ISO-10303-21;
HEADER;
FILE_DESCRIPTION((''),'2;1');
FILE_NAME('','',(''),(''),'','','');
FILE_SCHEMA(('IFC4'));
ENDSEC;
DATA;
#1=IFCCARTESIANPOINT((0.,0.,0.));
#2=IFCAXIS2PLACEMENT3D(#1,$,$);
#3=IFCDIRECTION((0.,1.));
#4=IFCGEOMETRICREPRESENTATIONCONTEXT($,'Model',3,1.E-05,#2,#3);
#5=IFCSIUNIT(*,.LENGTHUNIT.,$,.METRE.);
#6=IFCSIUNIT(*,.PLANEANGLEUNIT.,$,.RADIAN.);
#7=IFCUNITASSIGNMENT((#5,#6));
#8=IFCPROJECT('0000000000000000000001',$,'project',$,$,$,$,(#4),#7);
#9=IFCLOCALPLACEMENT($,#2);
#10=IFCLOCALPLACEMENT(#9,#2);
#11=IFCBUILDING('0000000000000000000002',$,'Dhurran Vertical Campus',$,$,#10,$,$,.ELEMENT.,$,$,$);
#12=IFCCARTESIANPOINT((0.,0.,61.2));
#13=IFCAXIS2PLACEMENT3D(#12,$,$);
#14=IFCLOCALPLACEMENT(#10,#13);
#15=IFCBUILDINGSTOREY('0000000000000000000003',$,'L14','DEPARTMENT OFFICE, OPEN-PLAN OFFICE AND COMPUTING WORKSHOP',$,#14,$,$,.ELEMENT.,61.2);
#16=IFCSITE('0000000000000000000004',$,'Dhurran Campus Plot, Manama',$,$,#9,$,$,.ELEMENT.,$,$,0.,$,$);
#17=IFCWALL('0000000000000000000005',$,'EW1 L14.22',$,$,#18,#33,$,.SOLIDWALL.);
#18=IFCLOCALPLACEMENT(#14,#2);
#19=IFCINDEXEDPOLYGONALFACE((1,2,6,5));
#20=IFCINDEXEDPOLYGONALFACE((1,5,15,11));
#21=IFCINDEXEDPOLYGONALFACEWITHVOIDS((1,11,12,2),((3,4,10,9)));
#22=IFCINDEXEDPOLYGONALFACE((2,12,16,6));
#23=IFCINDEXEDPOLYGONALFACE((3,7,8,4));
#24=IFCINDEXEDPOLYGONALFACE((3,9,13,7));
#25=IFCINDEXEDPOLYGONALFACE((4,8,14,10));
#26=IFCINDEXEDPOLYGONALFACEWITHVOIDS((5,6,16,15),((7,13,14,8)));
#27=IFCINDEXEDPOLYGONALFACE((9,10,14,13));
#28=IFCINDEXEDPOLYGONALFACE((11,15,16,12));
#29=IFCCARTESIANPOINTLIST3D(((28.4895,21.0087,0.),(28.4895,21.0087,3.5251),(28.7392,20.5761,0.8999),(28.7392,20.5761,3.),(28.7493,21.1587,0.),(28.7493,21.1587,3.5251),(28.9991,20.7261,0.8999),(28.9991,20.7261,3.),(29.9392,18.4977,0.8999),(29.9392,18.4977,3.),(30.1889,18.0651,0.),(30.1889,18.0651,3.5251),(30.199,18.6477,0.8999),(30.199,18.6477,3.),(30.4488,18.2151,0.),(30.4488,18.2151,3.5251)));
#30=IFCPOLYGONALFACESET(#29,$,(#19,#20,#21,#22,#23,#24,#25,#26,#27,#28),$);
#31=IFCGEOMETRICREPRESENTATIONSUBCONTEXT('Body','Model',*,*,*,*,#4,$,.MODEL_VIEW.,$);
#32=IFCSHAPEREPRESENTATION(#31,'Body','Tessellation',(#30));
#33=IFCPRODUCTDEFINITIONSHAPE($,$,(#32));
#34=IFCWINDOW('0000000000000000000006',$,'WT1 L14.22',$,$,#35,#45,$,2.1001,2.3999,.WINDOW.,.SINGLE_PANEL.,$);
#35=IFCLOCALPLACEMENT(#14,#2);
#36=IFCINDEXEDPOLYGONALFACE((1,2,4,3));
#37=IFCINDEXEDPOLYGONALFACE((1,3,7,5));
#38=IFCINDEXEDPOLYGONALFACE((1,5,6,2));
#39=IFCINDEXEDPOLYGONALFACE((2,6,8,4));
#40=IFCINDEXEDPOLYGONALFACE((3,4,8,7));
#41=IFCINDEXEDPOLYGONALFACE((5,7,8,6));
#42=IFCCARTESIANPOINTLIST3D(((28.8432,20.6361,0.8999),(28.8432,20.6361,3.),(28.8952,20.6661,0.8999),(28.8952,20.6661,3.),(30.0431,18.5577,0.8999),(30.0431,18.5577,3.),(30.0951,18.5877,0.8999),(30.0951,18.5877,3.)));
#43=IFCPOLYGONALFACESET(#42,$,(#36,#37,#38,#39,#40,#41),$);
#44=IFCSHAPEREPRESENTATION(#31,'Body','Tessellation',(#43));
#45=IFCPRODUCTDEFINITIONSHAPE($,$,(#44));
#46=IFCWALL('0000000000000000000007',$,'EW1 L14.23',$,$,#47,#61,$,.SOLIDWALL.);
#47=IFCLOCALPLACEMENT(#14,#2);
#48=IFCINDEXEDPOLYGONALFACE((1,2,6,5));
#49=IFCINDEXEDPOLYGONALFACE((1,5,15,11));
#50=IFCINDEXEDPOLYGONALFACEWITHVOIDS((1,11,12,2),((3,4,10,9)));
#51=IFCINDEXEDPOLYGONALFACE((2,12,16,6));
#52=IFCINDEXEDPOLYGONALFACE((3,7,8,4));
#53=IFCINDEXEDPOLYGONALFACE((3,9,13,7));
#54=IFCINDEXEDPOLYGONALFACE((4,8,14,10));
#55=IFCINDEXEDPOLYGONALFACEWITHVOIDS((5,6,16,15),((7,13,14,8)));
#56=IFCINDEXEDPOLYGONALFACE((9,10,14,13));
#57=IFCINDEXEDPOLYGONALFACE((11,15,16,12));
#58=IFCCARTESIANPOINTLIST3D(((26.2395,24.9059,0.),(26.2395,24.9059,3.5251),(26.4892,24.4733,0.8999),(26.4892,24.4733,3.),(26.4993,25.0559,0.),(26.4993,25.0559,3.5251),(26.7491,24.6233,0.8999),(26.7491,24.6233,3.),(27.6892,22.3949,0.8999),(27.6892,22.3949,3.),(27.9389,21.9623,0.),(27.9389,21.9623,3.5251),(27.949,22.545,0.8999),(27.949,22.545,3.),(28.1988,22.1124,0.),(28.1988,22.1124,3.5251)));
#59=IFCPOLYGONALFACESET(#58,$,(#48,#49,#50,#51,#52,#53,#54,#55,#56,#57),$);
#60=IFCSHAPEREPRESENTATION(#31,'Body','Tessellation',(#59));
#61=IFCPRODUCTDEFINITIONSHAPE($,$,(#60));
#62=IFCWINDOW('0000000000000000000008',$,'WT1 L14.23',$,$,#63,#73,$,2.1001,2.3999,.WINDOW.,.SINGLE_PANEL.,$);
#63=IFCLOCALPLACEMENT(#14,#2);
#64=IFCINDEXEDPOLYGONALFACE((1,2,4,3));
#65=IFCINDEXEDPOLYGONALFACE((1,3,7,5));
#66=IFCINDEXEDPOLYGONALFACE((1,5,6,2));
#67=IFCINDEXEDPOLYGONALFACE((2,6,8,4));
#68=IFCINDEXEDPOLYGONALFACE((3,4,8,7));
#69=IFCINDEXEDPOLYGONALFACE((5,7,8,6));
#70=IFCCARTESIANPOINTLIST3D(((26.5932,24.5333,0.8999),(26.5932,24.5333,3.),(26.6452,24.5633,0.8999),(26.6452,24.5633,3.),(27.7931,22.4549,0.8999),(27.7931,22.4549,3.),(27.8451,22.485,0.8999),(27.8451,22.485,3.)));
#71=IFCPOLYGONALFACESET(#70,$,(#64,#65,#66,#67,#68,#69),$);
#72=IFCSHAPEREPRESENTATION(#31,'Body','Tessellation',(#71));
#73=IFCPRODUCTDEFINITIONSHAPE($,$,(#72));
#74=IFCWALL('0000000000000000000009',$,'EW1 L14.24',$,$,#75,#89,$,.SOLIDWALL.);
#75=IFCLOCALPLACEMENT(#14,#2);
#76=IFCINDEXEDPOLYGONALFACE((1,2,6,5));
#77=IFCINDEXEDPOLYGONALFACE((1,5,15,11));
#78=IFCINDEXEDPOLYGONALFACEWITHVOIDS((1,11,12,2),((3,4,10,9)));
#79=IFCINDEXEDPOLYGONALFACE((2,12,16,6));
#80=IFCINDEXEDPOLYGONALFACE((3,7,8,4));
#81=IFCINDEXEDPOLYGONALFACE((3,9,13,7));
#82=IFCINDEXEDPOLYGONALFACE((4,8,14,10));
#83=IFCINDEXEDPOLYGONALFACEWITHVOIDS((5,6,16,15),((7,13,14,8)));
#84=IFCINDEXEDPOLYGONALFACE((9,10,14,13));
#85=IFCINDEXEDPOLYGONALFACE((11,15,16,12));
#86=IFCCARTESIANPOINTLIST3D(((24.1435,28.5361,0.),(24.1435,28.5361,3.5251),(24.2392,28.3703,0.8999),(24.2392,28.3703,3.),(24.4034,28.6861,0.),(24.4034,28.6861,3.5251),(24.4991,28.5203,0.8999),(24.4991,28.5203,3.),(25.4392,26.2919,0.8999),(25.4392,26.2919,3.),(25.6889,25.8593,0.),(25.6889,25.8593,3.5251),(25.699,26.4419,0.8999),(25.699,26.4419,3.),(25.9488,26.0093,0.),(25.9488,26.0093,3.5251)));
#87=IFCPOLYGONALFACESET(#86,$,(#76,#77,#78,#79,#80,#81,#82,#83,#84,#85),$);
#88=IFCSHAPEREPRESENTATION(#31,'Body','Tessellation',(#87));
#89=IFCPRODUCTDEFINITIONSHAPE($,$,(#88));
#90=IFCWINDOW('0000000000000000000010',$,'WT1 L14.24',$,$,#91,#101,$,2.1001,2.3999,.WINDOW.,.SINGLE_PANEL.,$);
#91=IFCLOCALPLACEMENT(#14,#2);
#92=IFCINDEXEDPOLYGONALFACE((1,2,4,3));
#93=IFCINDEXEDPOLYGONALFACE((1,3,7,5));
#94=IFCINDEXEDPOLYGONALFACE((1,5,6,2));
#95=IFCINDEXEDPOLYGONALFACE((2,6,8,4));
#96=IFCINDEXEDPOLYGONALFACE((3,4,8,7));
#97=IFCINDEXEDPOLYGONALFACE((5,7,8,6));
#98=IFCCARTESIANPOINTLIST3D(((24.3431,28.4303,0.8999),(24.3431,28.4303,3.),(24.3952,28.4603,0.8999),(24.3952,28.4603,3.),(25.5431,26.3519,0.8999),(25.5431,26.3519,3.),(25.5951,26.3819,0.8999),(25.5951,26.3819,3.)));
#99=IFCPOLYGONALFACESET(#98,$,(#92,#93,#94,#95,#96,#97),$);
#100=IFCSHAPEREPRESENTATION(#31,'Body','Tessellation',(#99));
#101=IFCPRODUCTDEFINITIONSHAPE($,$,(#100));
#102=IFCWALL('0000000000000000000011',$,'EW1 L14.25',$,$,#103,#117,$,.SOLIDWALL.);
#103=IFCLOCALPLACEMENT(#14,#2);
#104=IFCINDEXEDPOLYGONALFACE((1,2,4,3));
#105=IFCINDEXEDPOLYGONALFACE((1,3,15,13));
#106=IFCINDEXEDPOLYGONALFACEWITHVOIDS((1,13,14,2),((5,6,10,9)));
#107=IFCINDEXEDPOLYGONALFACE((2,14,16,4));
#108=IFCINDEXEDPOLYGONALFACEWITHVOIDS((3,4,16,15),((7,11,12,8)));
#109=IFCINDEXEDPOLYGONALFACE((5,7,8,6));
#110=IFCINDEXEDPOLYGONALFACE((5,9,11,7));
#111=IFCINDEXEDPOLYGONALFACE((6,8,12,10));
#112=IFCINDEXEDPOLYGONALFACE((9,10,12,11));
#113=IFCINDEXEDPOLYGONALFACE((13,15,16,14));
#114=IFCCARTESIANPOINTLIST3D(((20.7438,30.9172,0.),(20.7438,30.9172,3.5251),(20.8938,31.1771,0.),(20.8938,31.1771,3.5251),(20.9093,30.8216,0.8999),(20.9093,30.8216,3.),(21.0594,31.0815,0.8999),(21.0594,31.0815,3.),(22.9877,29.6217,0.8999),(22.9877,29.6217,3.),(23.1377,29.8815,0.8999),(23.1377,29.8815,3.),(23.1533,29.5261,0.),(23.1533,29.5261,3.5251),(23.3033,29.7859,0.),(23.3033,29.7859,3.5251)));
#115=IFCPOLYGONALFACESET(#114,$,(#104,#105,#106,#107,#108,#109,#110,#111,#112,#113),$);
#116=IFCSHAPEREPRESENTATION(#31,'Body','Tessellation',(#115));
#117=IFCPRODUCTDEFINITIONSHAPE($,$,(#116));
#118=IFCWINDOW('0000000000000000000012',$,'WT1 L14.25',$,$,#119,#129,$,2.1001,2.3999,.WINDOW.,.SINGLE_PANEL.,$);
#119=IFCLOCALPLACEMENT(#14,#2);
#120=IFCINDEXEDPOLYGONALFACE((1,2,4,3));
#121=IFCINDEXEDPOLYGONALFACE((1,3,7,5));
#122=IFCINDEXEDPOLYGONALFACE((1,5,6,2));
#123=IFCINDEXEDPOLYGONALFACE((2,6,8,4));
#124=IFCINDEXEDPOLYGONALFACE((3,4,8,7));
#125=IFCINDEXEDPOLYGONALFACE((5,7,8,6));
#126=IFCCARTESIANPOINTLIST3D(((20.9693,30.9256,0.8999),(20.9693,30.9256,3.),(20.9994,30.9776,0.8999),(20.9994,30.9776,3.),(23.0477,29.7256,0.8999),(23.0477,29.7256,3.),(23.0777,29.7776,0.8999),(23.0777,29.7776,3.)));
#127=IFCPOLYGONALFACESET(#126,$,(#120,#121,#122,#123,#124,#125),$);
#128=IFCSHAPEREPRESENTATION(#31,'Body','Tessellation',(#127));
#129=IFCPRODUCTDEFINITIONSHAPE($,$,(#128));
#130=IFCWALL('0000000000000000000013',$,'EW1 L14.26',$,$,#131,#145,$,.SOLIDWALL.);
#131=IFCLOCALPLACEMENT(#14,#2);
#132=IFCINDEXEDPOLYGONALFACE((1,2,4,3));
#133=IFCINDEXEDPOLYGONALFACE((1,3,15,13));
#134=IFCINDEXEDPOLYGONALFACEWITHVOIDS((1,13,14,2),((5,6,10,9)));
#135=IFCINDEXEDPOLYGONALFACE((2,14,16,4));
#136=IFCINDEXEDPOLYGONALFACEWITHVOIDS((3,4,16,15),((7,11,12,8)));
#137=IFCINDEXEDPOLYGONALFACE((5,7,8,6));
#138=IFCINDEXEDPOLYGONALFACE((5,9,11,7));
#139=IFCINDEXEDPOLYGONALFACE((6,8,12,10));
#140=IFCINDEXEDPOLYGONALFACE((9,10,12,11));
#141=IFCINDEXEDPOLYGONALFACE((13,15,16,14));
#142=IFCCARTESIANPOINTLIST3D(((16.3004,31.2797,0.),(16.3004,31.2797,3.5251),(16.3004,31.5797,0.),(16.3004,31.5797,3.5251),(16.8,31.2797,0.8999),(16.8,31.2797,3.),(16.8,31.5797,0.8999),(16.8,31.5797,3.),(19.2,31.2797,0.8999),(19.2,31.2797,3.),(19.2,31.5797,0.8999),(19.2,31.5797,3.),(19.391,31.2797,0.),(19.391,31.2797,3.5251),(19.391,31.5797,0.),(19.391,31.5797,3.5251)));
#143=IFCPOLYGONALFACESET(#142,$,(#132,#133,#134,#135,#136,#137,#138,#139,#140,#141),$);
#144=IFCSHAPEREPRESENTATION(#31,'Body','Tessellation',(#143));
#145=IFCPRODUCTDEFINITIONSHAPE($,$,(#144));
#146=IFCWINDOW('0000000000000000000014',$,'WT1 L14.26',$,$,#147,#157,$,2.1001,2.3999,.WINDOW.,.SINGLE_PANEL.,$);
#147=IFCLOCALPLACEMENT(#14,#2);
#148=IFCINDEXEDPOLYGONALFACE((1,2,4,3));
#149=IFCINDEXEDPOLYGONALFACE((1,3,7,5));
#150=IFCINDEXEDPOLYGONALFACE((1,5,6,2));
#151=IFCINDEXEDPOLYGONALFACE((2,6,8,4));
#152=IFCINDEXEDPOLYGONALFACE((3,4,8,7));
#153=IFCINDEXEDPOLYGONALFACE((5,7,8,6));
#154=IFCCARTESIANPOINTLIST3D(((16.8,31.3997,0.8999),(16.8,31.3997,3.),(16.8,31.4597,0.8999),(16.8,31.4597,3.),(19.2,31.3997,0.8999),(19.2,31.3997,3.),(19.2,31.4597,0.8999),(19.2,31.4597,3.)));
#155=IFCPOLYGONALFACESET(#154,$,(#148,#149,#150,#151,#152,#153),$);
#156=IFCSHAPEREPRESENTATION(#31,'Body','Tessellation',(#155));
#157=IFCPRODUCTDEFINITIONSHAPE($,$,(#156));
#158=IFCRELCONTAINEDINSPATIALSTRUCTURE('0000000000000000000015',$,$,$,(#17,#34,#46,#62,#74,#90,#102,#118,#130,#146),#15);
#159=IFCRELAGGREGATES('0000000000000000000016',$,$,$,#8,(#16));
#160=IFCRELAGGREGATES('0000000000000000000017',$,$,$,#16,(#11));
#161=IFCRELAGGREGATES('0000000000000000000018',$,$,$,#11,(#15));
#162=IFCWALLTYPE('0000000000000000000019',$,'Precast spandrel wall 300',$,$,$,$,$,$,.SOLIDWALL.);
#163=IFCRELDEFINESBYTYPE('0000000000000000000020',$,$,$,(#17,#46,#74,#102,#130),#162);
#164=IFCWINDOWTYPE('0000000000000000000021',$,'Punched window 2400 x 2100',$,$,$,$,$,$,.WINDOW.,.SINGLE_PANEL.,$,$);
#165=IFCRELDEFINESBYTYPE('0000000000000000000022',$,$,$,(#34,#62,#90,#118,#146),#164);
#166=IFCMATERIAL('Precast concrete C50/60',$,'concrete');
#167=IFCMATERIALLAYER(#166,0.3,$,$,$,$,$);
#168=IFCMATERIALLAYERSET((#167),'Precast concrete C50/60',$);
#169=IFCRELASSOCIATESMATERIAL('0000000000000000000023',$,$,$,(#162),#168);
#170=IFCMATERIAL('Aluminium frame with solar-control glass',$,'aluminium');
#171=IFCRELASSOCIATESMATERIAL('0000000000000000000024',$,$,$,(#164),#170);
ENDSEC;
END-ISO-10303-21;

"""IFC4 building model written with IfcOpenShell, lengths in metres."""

from ifc_helpers import new_model, si_unit, direction, frame, frame_2d, origin, place, context, subcontext, project, spatial, rectangle, extrude, material, layer, layer_set, type_object, element, fill, save


model = new_model("IFC4")

# Units and contexts
model_context = context("Model", 3, precision=1e-05, world=origin(), true_north=direction((0.0, 1.0)))
body_context = subcontext(model_context, "Body", "Model", "MODEL_VIEW")
ifc_project = project(units=[si_unit("LENGTHUNIT", "METRE"), si_unit("PLANEANGLEUNIT", "RADIAN")], contexts=[model_context])

# Site, building, storey
site_placement = place(None, origin())
site = spatial("IfcSite", under=ifc_project, at=site_placement, Name="Dhurran Campus Plot, Manama", CompositionType="ELEMENT", RefElevation=0.0)
building_placement = place(site_placement, origin())
building = spatial("IfcBuilding", under=site, at=building_placement, Name="Dhurran Vertical Campus", CompositionType="ELEMENT")
storey_placement = place(building_placement, frame((0.0, 0.0, 61.2)))
storey = spatial("IfcBuildingStorey", under=building, at=storey_placement, Name="L14", Description="DEPARTMENT OFFICE, OPEN-PLAN OFFICE AND COMPUTING WORKSHOP", CompositionType="ELEMENT", Elevation=61.2)

# Walls, openings, windows
ifc_material_1 = material(Name="Precast concrete C50/60", Category="concrete")
ifc_layer_1 = layer(ifc_material_1, 0.3)
ifc_layer_set_1 = layer_set([ifc_layer_1], Name="Precast concrete C50/60")
wall_type_1 = type_object("IfcWallType", Name="Precast spandrel wall 300", PredefinedType="SOLIDWALL", material=ifc_layer_set_1)
ifc_material_2 = material(Name="Aluminium frame with solar-control glass", Category="aluminium")
window_type = type_object("IfcWindowType", Name="Punched window 2400 x 2100", PartitioningType="SINGLE_PANEL", PredefinedType="WINDOW", material=ifc_material_2)
wall_1_placement = place(storey_placement, frame((30.3188, 18.1401, 0.0), z_axis=(0.0, 0.0, 1.0), x_axis=(-0.499994, 0.866029, 0.0)))
wall_1 = element("IfcWall", 1, at=wall_1_placement, inside=storey, type_object=wall_type_1, Name="EW1 L14.22", PredefinedType="SOLIDWALL", context=body_context, shape_type="SweptSolid", body=[
    extrude(rectangle(XDim=3.3989, YDim=0.3, at=frame_2d((1.6995, 0.0))), origin(), (0.0, 0.0, 1.0), 3.5251),
])
opening_1_placement = place(wall_1_placement, frame((0.4995, 0.0, 0.8999)))
opening_1 = element("IfcOpeningElement", 2, at=opening_1_placement, cuts=wall_1, PredefinedType="OPENING", context=body_context, shape_type="SweptSolid", body=[
    extrude(rectangle(XDim=2.3999, YDim=2.1001, at=frame_2d((1.2, 1.05))), frame((0.0, 0.1599, 0.0), z_axis=(0.0, -1.0, 0.0), x_axis=(1.0, 0.0, 0.0)), (0.0, 0.0, 1.0), 0.3201),
])
window_1_placement = place(opening_1_placement, origin())
window_1 = element("IfcWindow", 3, at=window_1_placement, inside=storey, type_object=window_type, Name="WT1 L14.22", OverallHeight=2.1001, OverallWidth=2.3999, PartitioningType="SINGLE_PANEL", PredefinedType="WINDOW", context=body_context, shape_type="SweptSolid", body=[
    extrude(rectangle(XDim=2.3999, YDim=2.1001, at=frame_2d((1.2, 1.05))), frame((0.0, 0.03, 0.0), z_axis=(0.0, -1.0, 0.0), x_axis=(1.0, 0.0, 0.0)), (0.0, 0.0, 1.0), 0.0601),
])
fill(opening_1, window_1)
wall_2_placement = place(storey_placement, frame((28.0688, 22.0374, 0.0), z_axis=(0.0, 0.0, 1.0), x_axis=(-0.499994, 0.866029, 0.0)))
wall_2 = element("IfcWall", 4, at=wall_2_placement, inside=storey, type_object=wall_type_1, Name="EW1 L14.23", PredefinedType="SOLIDWALL", context=body_context, shape_type="SweptSolid", body=[
    extrude(rectangle(XDim=3.3989, YDim=0.3, at=frame_2d((1.6995, 0.0))), origin(), (0.0, 0.0, 1.0), 3.5251),
])
opening_2_placement = place(wall_2_placement, frame((0.4995, 0.0, 0.8999)))
opening_2 = element("IfcOpeningElement", 5, at=opening_2_placement, cuts=wall_2, PredefinedType="OPENING", context=body_context, shape_type="SweptSolid", body=[
    extrude(rectangle(XDim=2.3999, YDim=2.1001, at=frame_2d((1.2, 1.05))), frame((0.0, 0.1599, 0.0), z_axis=(0.0, -1.0, 0.0), x_axis=(1.0, 0.0, 0.0)), (0.0, 0.0, 1.0), 0.3201),
])
window_2_placement = place(opening_2_placement, origin())
window_2 = element("IfcWindow", 6, at=window_2_placement, inside=storey, type_object=window_type, Name="WT1 L14.23", OverallHeight=2.1001, OverallWidth=2.3999, PartitioningType="SINGLE_PANEL", PredefinedType="WINDOW", context=body_context, shape_type="SweptSolid", body=[
    extrude(rectangle(XDim=2.3999, YDim=2.1001, at=frame_2d((1.2, 1.05))), frame((0.0, 0.03, 0.0), z_axis=(0.0, -1.0, 0.0), x_axis=(1.0, 0.0, 0.0)), (0.0, 0.0, 1.0), 0.0601),
])
fill(opening_2, window_2)
wall_3_placement = place(storey_placement, frame((25.8188, 25.9343, 0.0), z_axis=(0.0, 0.0, 1.0), x_axis=(-0.499996, 0.866028, 0.0)))
wall_3 = element("IfcWall", 7, at=wall_3_placement, inside=storey, type_object=wall_type_1, Name="EW1 L14.24", PredefinedType="SOLIDWALL", context=body_context, shape_type="SweptSolid", body=[
    extrude(rectangle(XDim=3.0908, YDim=0.3, at=frame_2d((1.5454, 0.0))), origin(), (0.0, 0.0, 1.0), 3.5251),
])
opening_3_placement = place(wall_3_placement, frame((0.4995, 0.0, 0.8999)))
opening_3 = element("IfcOpeningElement", 8, at=opening_3_placement, cuts=wall_3, PredefinedType="OPENING", context=body_context, shape_type="SweptSolid", body=[
    extrude(rectangle(XDim=2.3999, YDim=2.1001, at=frame_2d((1.2, 1.05))), frame((0.0, 0.1599, 0.0), z_axis=(0.0, -1.0, 0.0), x_axis=(1.0, 0.0, 0.0)), (0.0, 0.0, 1.0), 0.3201),
])
window_3_placement = place(opening_3_placement, origin())
window_3 = element("IfcWindow", 9, at=window_3_placement, inside=storey, type_object=window_type, Name="WT1 L14.24", OverallHeight=2.1001, OverallWidth=2.3999, PartitioningType="SINGLE_PANEL", PredefinedType="WINDOW", context=body_context, shape_type="SweptSolid", body=[
    extrude(rectangle(XDim=2.3999, YDim=2.1001, at=frame_2d((1.2, 1.05))), frame((0.0, 0.03, 0.0), z_axis=(0.0, -1.0, 0.0), x_axis=(1.0, 0.0, 0.0)), (0.0, 0.0, 1.0), 0.0601),
])
fill(opening_3, window_3)
wall_4_placement = place(storey_placement, frame((23.2283, 29.656, 0.0), z_axis=(0.0, 0.0, 1.0), x_axis=(-0.86602, 0.500009, 0.0)))
wall_4 = element("IfcWall", 10, at=wall_4_placement, inside=storey, type_object=wall_type_1, Name="EW1 L14.25", PredefinedType="SOLIDWALL", context=body_context, shape_type="SweptSolid", body=[
    extrude(rectangle(XDim=2.7822, YDim=0.3, at=frame_2d((1.3911, 0.0))), origin(), (0.0, 0.0, 1.0), 3.5251),
])
opening_4_placement = place(wall_4_placement, frame((0.1912, 0.0, 0.8999)))
opening_4 = element("IfcOpeningElement", 11, at=opening_4_placement, cuts=wall_4, PredefinedType="OPENING", context=body_context, shape_type="SweptSolid", body=[
    extrude(rectangle(XDim=2.3999, YDim=2.1001, at=frame_2d((1.2, 1.05))), frame((0.0, 0.1599, 0.0), z_axis=(0.0, -1.0, 0.0), x_axis=(1.0, 0.0, 0.0)), (0.0, 0.0, 1.0), 0.3201),
])
window_4_placement = place(opening_4_placement, origin())
window_4 = element("IfcWindow", 12, at=window_4_placement, inside=storey, type_object=window_type, Name="WT1 L14.25", OverallHeight=2.1001, OverallWidth=2.3999, PartitioningType="SINGLE_PANEL", PredefinedType="WINDOW", context=body_context, shape_type="SweptSolid", body=[
    extrude(rectangle(XDim=2.3999, YDim=2.1001, at=frame_2d((1.2, 1.05))), frame((0.0, 0.03, 0.0), z_axis=(0.0, -1.0, 0.0), x_axis=(1.0, 0.0, 0.0)), (0.0, 0.0, 1.0), 0.0601),
])
fill(opening_4, window_4)
wall_5_placement = place(storey_placement, frame((19.3911, 31.4297, 0.0), z_axis=(0.0, 0.0, 1.0), x_axis=(-1.0, 0.0, 0.0)))
wall_5 = element("IfcWall", 13, at=wall_5_placement, inside=storey, type_object=wall_type_1, Name="EW1 L14.26", PredefinedType="SOLIDWALL", context=body_context, shape_type="SweptSolid", body=[
    extrude(rectangle(XDim=3.0906, YDim=0.3, at=frame_2d((1.5454, 0.0))), origin(), (0.0, 0.0, 1.0), 3.5251),
])
opening_5_placement = place(wall_5_placement, frame((0.1912, 0.0, 0.8999)))
opening_5 = element("IfcOpeningElement", 14, at=opening_5_placement, cuts=wall_5, PredefinedType="OPENING", context=body_context, shape_type="SweptSolid", body=[
    extrude(rectangle(XDim=2.3999, YDim=2.1001, at=frame_2d((1.2, 1.05))), frame((0.0, 0.1599, 0.0), z_axis=(0.0, -1.0, 0.0), x_axis=(1.0, 0.0, 0.0)), (0.0, 0.0, 1.0), 0.3201),
])
window_5_placement = place(opening_5_placement, origin())
window_5 = element("IfcWindow", 15, at=window_5_placement, inside=storey, type_object=window_type, Name="WT1 L14.26", OverallHeight=2.1001, OverallWidth=2.3999, PartitioningType="SINGLE_PANEL", PredefinedType="WINDOW", context=body_context, shape_type="SweptSolid", body=[
    extrude(rectangle(XDim=2.3999, YDim=2.1001, at=frame_2d((1.2, 1.05))), frame((0.0, 0.03, 0.0), z_axis=(0.0, -1.0, 0.0), x_axis=(1.0, 0.0, 0.0)), (0.0, 0.0, 1.0), 0.0601),
])
fill(opening_5, window_5)

save(model, "model.ifc")
